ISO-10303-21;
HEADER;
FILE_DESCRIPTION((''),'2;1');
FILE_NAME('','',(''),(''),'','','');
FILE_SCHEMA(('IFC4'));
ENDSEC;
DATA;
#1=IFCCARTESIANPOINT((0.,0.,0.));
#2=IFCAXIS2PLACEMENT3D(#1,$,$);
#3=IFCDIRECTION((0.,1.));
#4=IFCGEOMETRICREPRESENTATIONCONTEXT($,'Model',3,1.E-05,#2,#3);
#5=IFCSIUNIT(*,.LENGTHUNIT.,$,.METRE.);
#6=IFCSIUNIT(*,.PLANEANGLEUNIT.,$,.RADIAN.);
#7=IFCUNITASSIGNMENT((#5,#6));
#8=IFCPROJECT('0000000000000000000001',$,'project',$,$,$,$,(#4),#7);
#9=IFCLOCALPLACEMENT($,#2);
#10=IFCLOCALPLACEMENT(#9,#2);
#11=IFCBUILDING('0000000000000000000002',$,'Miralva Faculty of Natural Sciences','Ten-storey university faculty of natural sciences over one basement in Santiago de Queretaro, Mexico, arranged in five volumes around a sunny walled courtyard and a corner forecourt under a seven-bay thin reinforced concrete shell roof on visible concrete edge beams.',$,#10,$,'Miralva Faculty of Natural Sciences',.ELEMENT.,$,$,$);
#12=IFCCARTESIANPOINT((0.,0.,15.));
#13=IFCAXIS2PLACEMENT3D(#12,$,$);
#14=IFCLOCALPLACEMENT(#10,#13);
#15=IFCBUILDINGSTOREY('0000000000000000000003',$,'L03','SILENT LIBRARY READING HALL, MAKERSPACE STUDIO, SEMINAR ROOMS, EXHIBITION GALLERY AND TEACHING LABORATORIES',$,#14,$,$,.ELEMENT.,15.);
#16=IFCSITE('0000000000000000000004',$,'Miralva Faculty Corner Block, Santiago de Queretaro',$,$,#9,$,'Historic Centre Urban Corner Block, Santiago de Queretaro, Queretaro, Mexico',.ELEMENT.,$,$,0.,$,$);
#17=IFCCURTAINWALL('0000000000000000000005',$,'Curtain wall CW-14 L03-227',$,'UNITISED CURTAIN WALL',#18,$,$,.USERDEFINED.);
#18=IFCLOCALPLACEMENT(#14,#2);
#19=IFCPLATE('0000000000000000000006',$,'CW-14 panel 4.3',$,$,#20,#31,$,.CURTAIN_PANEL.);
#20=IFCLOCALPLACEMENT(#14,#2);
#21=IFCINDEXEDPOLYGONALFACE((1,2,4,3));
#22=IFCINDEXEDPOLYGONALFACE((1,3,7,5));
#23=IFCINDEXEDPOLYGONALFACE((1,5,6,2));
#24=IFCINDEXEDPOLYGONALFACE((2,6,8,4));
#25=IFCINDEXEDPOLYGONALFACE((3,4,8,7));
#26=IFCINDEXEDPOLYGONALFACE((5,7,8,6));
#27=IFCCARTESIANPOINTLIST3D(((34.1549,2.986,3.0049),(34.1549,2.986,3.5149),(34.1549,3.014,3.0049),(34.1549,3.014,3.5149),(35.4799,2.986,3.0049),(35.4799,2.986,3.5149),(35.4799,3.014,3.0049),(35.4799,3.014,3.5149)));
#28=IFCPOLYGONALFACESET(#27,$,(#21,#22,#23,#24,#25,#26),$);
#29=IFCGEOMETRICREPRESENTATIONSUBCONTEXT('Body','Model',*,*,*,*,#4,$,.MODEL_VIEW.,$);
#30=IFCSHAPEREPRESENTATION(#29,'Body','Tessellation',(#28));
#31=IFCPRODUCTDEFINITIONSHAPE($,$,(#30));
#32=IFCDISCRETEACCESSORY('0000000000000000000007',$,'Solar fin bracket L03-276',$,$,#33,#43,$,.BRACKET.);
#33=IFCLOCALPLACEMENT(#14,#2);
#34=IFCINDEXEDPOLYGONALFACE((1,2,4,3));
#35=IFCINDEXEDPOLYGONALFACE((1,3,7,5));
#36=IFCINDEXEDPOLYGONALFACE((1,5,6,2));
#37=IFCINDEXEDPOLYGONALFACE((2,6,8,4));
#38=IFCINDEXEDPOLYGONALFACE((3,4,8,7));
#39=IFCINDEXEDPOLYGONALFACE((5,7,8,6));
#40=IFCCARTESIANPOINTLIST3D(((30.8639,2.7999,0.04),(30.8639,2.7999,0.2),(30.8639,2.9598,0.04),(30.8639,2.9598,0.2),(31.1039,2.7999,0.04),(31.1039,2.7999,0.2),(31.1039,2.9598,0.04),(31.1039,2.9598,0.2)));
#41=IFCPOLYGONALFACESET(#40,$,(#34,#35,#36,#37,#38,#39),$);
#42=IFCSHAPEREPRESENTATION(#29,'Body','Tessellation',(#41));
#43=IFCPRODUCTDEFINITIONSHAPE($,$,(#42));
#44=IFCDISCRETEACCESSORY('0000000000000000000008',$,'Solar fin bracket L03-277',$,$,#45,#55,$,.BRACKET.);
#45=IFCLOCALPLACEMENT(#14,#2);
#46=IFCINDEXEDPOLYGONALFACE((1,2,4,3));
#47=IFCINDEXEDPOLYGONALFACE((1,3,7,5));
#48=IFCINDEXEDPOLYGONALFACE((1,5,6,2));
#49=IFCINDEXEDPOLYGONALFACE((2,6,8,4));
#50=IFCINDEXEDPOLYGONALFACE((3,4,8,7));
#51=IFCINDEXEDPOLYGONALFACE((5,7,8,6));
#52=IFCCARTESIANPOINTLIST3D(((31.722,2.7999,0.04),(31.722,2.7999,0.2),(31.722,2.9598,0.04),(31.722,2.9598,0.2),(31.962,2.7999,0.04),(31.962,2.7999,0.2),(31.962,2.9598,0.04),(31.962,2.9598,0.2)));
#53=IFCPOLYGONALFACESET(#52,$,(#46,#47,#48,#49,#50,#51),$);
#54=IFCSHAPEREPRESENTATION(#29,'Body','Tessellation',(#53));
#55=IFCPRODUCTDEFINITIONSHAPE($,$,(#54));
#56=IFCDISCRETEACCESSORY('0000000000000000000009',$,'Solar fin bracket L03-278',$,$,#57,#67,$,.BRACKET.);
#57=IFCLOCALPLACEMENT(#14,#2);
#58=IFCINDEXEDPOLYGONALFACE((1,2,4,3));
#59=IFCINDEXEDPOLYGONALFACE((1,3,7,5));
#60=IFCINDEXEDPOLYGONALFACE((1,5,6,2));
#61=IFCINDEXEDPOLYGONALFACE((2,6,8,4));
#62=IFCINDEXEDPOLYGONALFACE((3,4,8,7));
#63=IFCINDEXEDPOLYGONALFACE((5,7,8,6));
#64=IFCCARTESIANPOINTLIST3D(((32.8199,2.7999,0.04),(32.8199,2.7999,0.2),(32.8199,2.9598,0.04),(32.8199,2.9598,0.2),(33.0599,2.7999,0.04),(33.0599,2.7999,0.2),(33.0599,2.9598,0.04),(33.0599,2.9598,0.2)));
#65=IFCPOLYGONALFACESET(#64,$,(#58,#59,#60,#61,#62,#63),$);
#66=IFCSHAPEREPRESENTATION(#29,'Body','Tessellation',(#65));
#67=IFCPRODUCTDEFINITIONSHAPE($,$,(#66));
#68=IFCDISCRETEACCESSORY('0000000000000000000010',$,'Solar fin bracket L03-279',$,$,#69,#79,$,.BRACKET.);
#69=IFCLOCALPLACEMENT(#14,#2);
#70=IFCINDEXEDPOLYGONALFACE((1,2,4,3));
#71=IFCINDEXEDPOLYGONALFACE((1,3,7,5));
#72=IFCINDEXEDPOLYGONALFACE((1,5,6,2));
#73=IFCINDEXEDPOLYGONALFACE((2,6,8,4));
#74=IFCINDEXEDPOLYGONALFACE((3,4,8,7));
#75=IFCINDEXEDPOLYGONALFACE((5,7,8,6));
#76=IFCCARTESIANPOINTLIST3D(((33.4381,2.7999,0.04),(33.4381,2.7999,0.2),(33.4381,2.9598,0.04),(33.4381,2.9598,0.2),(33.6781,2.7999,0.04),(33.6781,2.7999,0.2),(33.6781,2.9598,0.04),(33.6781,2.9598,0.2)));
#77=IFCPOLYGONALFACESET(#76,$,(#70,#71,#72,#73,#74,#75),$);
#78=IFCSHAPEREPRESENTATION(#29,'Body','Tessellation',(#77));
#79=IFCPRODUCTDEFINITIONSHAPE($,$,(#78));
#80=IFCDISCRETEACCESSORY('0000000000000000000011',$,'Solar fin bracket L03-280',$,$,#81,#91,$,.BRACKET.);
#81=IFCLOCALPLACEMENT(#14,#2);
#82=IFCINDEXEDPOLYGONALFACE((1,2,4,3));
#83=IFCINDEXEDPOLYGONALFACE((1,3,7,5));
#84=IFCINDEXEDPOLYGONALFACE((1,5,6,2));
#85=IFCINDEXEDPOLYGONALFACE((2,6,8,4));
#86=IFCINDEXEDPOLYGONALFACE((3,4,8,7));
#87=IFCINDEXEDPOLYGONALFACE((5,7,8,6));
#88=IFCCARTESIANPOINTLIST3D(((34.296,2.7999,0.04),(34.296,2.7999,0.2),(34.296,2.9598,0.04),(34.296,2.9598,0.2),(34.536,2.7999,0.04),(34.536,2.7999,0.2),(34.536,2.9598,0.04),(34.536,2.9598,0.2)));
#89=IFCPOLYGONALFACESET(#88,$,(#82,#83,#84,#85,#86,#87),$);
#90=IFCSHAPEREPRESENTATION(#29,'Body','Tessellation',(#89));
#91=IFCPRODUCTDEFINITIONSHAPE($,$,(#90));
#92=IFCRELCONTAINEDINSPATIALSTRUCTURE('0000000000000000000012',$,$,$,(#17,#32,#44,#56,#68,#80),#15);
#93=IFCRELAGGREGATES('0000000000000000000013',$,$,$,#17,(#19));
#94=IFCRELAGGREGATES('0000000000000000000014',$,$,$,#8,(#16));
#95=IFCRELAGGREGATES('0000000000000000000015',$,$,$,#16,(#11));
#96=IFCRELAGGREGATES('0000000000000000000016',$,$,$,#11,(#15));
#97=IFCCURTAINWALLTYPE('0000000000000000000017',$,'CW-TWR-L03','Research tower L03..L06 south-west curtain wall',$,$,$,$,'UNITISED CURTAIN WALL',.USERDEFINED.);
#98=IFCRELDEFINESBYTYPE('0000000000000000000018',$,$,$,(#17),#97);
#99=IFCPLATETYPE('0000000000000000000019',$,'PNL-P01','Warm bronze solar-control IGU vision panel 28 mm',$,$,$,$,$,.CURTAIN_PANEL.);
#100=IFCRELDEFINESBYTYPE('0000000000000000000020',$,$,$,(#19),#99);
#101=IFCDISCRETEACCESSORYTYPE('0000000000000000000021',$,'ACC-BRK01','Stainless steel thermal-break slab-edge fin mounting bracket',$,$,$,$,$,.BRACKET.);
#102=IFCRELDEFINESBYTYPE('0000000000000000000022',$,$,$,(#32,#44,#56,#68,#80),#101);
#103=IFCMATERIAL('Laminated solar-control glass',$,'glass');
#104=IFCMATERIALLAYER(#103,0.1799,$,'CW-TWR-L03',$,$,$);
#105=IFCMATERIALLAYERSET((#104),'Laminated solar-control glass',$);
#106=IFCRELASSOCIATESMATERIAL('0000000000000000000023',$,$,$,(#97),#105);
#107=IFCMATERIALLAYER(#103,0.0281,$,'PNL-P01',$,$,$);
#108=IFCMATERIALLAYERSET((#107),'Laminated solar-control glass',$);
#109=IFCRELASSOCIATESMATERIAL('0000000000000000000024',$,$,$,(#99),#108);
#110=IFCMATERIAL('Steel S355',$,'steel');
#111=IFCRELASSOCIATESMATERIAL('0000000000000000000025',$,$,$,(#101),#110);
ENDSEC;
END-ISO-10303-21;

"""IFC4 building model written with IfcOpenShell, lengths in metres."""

from ifc_helpers import new_model, si_unit, direction, frame, origin, origin_2d, place, context, subcontext, project, spatial, rectangle, extrude, material, layer, layer_set, type_object, element, aggregate, save


model = new_model("IFC4")

# Units and contexts
model_context = context("Model", 3, precision=1e-05, world=origin(), true_north=direction((0.0, 1.0)))
body_context = subcontext(model_context, "Body", "Model", "MODEL_VIEW")
ifc_project = project(units=[si_unit("LENGTHUNIT", "METRE"), si_unit("PLANEANGLEUNIT", "RADIAN")], contexts=[model_context])

# Site, building, storey
site_placement = place(None, origin())
site = spatial("IfcSite", under=ifc_project, at=site_placement, Name="Miralva Faculty Corner Block, Santiago de Queretaro", LongName="Historic Centre Urban Corner Block, Santiago de Queretaro, Queretaro, Mexico", CompositionType="ELEMENT", RefElevation=0.0)
building_placement = place(site_placement, origin())
building = spatial("IfcBuilding", under=site, at=building_placement, Name="Miralva Faculty of Natural Sciences", Description="Ten-storey university faculty of natural sciences over one basement in Santiago de Queretaro, Mexico, arranged in five volumes around a sunny walled courtyard and a corner forecourt under a seven-bay thin reinforced concrete shell roof on visible concrete edge beams.", LongName="Miralva Faculty of Natural Sciences", CompositionType="ELEMENT")
storey_placement = place(building_placement, frame((0.0, 0.0, 15.0)))
storey = spatial("IfcBuildingStorey", under=building, at=storey_placement, Name="L03", Description="SILENT LIBRARY READING HALL, MAKERSPACE STUDIO, SEMINAR ROOMS, EXHIBITION GALLERY AND TEACHING LABORATORIES", CompositionType="ELEMENT", Elevation=15.0)

# Curtain wall
ifc_material_1 = material(Name="Laminated solar-control glass", Category="glass")
ifc_layer_1 = layer(ifc_material_1, 0.1799, Name="CW-TWR-L03")
ifc_layer_set_1 = layer_set([ifc_layer_1], Name="Laminated solar-control glass")
curtain_wall_type = type_object("IfcCurtainWallType", Name="CW-TWR-L03", Description="Research tower L03..L06 south-west curtain wall", ElementType="UNITISED CURTAIN WALL", PredefinedType="USERDEFINED", material=ifc_layer_set_1)
curtain_wall_placement = place(storey_placement, origin())
curtain_wall = element("IfcCurtainWall", 1, at=curtain_wall_placement, inside=storey, type_object=curtain_wall_type, Name="Curtain wall CW-14 L03-227", ObjectType="UNITISED CURTAIN WALL", PredefinedType="USERDEFINED")

# Plate
ifc_layer_2 = layer(ifc_material_1, 0.0281, Name="PNL-P01")
ifc_layer_set_2 = layer_set([ifc_layer_2], Name="Laminated solar-control glass")
plate_type = type_object("IfcPlateType", Name="PNL-P01", Description="Warm bronze solar-control IGU vision panel 28 mm", PredefinedType="CURTAIN_PANEL", material=ifc_layer_set_2)
plate_1_placement = place(storey_placement, frame((34.8174, 3.0, 3.0049), z_axis=(0.0, 0.0, 1.0), x_axis=(1.0, 0.0, 0.0)))
plate_1 = element("IfcPlate", 2, at=plate_1_placement, type_object=plate_type, Name="CW-14 panel 4.3", PredefinedType="CURTAIN_PANEL", context=body_context, shape_type="SweptSolid", body=[
    extrude(rectangle(XDim=1.325, YDim=0.0281, at=origin_2d()), origin(), (0.0, 0.0, 1.0), 0.51),
])
aggregate(curtain_wall, [plate_1])

# Discrete accessories
ifc_material_2 = material(Name="Steel S355", Category="steel")
discrete_accessory_type = type_object("IfcDiscreteAccessoryType", Name="ACC-BRK01", Description="Stainless steel thermal-break slab-edge fin mounting bracket", PredefinedType="BRACKET", material=ifc_material_2)
for number, where, z_axis, x_axis, name in (
    (3, (30.9839, 2.8799, 0.04), (0.0, 0.0, 1.0), (0.0, -1.0, 0.0), "Solar fin bracket L03-276"),
    (4, (31.842, 2.8799, 0.04), (0.0, 0.0, 1.0), (0.0, -1.0, 0.0), "Solar fin bracket L03-277"),
    (5, (32.9399, 2.8799, 0.04), (0.0, 0.0, 1.0), (0.0, -1.0, 0.0), "Solar fin bracket L03-278"),
    (6, (33.5581, 2.8799, 0.04), (0.0, 0.0, 1.0), (0.0, -1.0, 0.0), "Solar fin bracket L03-279"),
    (7, (34.416, 2.8799, 0.04), (0.0, 0.0, 1.0), (0.0, -1.0, 0.0), "Solar fin bracket L03-280"),
):
    element("IfcDiscreteAccessory", number, at=place(storey_placement, frame(where, z_axis=z_axis, x_axis=x_axis)), inside=storey, type_object=discrete_accessory_type, Name=name, PredefinedType="BRACKET", context=body_context, shape_type="SweptSolid", body=[
        extrude(rectangle(XDim=0.1599, YDim=0.24, at=origin_2d()), origin(), (0.0, 0.0, 1.0), 0.1599),
    ])

save(model, "model.ifc")
